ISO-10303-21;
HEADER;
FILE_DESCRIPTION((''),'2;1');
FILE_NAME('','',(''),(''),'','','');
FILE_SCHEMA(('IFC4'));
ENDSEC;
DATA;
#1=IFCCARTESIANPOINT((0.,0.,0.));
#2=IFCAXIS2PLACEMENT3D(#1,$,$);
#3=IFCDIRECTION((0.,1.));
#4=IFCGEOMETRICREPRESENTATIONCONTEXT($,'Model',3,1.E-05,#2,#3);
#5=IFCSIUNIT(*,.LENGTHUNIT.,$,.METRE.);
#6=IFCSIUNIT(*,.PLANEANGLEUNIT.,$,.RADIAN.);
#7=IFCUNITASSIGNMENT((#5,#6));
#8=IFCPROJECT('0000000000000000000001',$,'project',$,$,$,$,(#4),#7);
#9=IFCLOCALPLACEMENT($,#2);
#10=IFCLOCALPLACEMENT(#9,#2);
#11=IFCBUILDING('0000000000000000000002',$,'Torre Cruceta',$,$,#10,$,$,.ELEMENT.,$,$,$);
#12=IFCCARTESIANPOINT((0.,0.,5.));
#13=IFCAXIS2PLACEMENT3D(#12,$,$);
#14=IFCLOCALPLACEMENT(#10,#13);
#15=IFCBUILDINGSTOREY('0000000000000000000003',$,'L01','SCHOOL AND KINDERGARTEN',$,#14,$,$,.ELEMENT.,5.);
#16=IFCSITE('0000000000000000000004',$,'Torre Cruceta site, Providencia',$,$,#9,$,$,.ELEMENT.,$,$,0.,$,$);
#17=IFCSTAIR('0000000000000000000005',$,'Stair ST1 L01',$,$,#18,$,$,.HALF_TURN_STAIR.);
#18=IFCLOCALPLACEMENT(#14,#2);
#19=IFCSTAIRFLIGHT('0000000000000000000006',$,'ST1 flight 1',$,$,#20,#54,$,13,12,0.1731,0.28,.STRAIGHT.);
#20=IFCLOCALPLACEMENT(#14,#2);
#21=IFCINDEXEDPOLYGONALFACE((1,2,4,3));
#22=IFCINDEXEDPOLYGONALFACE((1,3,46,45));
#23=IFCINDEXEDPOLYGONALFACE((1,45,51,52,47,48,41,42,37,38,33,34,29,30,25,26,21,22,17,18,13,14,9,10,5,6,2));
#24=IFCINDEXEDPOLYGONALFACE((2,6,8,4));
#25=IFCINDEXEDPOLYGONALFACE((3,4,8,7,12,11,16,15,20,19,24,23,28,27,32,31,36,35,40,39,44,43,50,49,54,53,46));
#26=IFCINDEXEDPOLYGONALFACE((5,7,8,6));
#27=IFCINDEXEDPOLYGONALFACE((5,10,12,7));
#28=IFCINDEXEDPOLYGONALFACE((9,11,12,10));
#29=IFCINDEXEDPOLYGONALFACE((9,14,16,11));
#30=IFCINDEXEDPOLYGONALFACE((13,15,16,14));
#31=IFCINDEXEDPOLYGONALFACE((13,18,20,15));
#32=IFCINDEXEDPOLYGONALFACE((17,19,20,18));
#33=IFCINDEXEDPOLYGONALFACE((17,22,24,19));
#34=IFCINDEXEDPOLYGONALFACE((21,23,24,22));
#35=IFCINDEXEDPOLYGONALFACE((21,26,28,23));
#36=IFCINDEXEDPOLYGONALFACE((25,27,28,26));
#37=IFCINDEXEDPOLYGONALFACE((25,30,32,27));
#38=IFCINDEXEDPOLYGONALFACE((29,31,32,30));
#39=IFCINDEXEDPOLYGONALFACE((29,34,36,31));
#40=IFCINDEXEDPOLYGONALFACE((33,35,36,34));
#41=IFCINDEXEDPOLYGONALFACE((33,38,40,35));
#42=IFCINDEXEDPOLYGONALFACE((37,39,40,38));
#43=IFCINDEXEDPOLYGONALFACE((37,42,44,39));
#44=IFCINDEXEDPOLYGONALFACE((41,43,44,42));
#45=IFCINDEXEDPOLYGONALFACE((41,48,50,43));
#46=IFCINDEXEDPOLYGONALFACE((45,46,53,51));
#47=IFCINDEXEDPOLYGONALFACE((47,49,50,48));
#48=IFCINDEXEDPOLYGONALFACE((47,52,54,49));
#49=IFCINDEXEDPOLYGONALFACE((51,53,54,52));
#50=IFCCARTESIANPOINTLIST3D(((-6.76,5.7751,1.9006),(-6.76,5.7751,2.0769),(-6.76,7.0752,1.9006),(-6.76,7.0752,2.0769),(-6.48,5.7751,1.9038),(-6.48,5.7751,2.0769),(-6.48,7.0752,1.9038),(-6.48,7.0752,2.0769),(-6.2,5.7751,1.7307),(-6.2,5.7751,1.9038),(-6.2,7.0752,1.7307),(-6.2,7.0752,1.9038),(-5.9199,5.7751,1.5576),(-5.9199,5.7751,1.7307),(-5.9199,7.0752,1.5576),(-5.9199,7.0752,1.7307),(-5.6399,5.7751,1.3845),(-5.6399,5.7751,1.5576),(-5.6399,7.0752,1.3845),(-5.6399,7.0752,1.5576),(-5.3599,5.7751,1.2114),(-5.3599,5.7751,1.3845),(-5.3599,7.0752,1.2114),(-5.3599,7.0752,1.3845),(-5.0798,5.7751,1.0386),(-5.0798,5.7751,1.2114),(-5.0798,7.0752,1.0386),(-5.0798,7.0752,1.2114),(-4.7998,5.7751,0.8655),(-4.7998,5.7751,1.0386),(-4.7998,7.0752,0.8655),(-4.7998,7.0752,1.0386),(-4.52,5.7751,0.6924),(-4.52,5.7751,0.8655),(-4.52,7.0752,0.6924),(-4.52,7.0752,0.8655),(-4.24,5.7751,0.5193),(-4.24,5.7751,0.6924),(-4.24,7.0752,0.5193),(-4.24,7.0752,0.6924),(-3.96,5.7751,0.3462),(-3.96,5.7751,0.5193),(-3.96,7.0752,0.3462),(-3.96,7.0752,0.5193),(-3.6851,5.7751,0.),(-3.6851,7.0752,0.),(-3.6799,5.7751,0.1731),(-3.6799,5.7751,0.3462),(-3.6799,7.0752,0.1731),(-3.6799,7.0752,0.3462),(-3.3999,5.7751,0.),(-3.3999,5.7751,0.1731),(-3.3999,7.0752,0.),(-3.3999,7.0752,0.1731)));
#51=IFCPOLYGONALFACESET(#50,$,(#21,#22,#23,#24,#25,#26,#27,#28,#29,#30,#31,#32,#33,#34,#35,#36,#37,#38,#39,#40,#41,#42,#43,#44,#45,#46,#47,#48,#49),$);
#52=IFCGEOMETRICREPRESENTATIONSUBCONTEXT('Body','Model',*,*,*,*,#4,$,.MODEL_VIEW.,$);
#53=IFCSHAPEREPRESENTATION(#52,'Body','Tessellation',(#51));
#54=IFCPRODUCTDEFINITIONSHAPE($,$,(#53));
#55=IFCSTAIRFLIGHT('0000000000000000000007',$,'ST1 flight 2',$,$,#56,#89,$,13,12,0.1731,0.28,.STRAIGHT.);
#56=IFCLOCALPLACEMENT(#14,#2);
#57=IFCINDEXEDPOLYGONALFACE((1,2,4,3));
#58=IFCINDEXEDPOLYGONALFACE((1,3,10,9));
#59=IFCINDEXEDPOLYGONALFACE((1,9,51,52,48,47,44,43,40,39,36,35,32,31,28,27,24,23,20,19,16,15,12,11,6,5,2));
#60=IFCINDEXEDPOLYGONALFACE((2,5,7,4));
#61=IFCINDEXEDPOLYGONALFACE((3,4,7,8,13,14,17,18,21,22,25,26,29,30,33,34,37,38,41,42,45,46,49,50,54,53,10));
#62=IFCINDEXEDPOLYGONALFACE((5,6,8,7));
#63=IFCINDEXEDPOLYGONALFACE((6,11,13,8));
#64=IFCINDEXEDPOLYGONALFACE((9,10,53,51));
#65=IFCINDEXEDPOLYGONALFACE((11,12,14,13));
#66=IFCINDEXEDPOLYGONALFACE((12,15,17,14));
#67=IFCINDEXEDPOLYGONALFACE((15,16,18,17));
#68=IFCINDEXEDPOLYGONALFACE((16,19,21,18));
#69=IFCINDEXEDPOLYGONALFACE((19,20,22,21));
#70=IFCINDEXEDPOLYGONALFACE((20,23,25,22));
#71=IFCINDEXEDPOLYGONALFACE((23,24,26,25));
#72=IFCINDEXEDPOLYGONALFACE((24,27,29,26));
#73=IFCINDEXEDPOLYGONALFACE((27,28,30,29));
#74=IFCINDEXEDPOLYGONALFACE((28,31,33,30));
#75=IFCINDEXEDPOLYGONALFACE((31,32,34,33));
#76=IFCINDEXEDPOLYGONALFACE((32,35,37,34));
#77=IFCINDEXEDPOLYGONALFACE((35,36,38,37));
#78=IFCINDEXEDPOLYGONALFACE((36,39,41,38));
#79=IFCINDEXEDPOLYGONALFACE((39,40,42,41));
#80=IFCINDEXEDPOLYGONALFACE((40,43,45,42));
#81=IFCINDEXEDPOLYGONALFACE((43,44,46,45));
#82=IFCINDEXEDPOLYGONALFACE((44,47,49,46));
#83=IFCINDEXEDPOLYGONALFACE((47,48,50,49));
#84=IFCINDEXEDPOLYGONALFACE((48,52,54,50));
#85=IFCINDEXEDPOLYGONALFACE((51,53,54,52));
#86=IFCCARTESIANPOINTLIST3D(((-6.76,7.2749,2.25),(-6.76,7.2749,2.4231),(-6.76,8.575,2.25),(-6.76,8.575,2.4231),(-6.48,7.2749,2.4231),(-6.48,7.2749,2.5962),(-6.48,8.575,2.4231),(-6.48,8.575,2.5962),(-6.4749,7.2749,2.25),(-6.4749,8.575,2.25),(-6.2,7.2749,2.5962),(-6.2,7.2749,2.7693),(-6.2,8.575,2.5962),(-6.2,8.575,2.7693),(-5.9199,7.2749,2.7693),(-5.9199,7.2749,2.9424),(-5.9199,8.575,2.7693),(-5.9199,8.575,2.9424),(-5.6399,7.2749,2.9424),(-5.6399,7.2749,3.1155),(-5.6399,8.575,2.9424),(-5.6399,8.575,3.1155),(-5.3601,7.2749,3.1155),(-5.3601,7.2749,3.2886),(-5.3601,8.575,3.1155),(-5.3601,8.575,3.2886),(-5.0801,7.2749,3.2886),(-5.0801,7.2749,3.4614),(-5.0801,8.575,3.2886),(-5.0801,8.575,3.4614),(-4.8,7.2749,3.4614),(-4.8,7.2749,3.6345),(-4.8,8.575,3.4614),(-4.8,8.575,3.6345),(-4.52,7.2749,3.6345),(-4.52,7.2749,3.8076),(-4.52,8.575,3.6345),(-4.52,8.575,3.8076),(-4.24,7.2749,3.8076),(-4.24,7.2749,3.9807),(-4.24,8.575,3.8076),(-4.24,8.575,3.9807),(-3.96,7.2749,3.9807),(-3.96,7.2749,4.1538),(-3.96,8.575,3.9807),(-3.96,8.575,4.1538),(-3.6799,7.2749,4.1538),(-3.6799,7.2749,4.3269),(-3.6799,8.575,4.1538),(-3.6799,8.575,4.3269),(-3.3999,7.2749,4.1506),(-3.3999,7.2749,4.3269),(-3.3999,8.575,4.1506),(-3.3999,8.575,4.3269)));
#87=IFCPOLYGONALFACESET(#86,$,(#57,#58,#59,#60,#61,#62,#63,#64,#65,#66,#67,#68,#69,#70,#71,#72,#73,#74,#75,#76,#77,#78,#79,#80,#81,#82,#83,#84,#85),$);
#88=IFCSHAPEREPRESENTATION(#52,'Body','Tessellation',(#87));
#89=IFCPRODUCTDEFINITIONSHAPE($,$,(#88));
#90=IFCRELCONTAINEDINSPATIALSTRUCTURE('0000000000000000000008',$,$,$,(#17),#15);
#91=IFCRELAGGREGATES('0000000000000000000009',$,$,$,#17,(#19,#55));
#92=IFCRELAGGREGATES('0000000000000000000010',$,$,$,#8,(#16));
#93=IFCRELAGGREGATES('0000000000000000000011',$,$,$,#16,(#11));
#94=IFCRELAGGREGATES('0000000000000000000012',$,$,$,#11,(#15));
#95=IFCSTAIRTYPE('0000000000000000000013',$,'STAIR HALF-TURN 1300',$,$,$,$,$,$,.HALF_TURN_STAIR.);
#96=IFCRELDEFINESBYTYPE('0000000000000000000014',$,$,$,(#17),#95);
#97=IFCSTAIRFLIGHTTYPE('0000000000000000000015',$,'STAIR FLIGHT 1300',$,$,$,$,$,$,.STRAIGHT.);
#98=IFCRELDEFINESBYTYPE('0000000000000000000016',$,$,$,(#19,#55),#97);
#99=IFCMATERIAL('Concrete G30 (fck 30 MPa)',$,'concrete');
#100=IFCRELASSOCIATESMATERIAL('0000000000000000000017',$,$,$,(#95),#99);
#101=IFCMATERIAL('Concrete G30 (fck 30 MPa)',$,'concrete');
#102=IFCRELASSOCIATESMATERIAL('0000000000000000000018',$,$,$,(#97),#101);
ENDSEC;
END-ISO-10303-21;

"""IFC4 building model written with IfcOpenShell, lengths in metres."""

from ifc_helpers import new_model, si_unit, direction, frame, origin, place, context, subcontext, project, spatial, polyline, outline, extrude, material, type_object, element, aggregate, save


model = new_model("IFC4")

# Units and contexts
model_context = context("Model", 3, precision=1e-05, world=origin(), true_north=direction((0.0, 1.0)))
body_context = subcontext(model_context, "Body", "Model", "MODEL_VIEW")
ifc_project = project(units=[si_unit("LENGTHUNIT", "METRE"), si_unit("PLANEANGLEUNIT", "RADIAN")], contexts=[model_context])

# Site, building, storey
site_placement = place(None, origin())
site = spatial("IfcSite", under=ifc_project, at=site_placement, Name="Torre Cruceta site, Providencia", CompositionType="ELEMENT", RefElevation=0.0)
building_placement = place(site_placement, origin())
building = spatial("IfcBuilding", under=site, at=building_placement, Name="Torre Cruceta", CompositionType="ELEMENT")
storey_placement = place(building_placement, frame((0.0, 0.0, 5.0)))
storey = spatial("IfcBuildingStorey", under=building, at=storey_placement, Name="L01", Description="SCHOOL AND KINDERGARTEN", CompositionType="ELEMENT", Elevation=5.0)

# Stair, stair flights
ifc_material_1 = material(Name="Concrete G30 (fck 30 MPa)", Category="concrete")
stair_type = type_object("IfcStairType", Name="STAIR HALF-TURN 1300", PredefinedType="HALF_TURN_STAIR", material=ifc_material_1)
stair_placement = place(storey_placement, origin())
stair = element("IfcStair", 1, at=stair_placement, inside=storey, type_object=stair_type, Name="Stair ST1 L01", PredefinedType="HALF_TURN_STAIR")
ifc_material_2 = material(Name="Concrete G30 (fck 30 MPa)", Category="concrete")
stair_flight_type = type_object("IfcStairFlightType", Name="STAIR FLIGHT 1300", PredefinedType="STRAIGHT", material=ifc_material_2)
stair_flight_1_placement = place(storey_placement, frame((-3.3999, 6.425, 0.0), z_axis=(0.0, 0.0, 1.0), x_axis=(-1.0, 0.0, 0.0)))
stair_flight_1 = element("IfcStairFlight", 2, at=stair_flight_1_placement, type_object=stair_flight_type, Name="ST1 flight 1", NumberOfRisers=13, NumberOfTreads=12, PredefinedType="STRAIGHT", RiserHeight=0.1731, TreadLength=0.28, context=body_context, shape_type="SweptSolid", body=[
    extrude(outline(polyline([(0.0, 0.0), (0.0, 0.1731), (0.28, 0.1731), (0.28, 0.3462), (0.5601, 0.3462), (0.5601, 0.5193), (0.8401, 0.5193), (0.8401, 0.6924), (1.1201, 0.6924), (1.1201, 0.8655), (1.3999, 0.8655), (1.3999, 1.0386), (1.6799, 1.0386), (1.6799, 1.2114), (1.96, 1.2114), (1.96, 1.3845), (2.24, 1.3845), (2.24, 1.5576), (2.52, 1.5576), (2.52, 1.7307), (2.8, 1.7307), (2.8, 1.9038), (3.0801, 1.9038), (3.0801, 2.0769), (3.3601, 2.0769), (3.3601, 2.25), (3.3601, 1.9006), (0.2852, 0.0), (0.0, 0.0)])), frame((0.0, 0.6499, 0.0), z_axis=(0.0, -1.0, 0.0), x_axis=(1.0, 0.0, 0.0)), (0.0, 0.0, 1.0), 1.3),
])
stair_flight_2_placement = place(storey_placement, frame((-6.76, 7.925, 2.25), z_axis=(0.0, 0.0, 1.0), x_axis=(1.0, 0.0, 0.0)))
stair_flight_2 = element("IfcStairFlight", 3, at=stair_flight_2_placement, type_object=stair_flight_type, Name="ST1 flight 2", NumberOfRisers=13, NumberOfTreads=12, PredefinedType="STRAIGHT", RiserHeight=0.1731, TreadLength=0.28, context=body_context, shape_type="SweptSolid", body=[
    extrude(outline(polyline([(0.0, 0.0), (0.0, 0.1731), (0.28, 0.1731), (0.28, 0.3462), (0.5601, 0.3462), (0.5601, 0.5193), (0.8401, 0.5193), (0.8401, 0.6924), (1.1201, 0.6924), (1.1201, 0.8655), (1.3999, 0.8655), (1.3999, 1.0386), (1.6799, 1.0386), (1.6799, 1.2114), (1.96, 1.2114), (1.96, 1.3845), (2.24, 1.3845), (2.24, 1.5576), (2.52, 1.5576), (2.52, 1.7307), (2.8, 1.7307), (2.8, 1.9038), (3.0801, 1.9038), (3.0801, 2.0769), (3.3601, 2.0769), (3.3601, 2.25), (3.3601, 1.9006), (0.2852, 0.0), (0.0, 0.0)])), frame((0.0, 0.6499, 0.0), z_axis=(0.0, -1.0, 0.0), x_axis=(1.0, 0.0, 0.0)), (0.0, 0.0, 1.0), 1.3),
])
aggregate(stair, [stair_flight_1, stair_flight_2])

save(model, "model.ifc")
